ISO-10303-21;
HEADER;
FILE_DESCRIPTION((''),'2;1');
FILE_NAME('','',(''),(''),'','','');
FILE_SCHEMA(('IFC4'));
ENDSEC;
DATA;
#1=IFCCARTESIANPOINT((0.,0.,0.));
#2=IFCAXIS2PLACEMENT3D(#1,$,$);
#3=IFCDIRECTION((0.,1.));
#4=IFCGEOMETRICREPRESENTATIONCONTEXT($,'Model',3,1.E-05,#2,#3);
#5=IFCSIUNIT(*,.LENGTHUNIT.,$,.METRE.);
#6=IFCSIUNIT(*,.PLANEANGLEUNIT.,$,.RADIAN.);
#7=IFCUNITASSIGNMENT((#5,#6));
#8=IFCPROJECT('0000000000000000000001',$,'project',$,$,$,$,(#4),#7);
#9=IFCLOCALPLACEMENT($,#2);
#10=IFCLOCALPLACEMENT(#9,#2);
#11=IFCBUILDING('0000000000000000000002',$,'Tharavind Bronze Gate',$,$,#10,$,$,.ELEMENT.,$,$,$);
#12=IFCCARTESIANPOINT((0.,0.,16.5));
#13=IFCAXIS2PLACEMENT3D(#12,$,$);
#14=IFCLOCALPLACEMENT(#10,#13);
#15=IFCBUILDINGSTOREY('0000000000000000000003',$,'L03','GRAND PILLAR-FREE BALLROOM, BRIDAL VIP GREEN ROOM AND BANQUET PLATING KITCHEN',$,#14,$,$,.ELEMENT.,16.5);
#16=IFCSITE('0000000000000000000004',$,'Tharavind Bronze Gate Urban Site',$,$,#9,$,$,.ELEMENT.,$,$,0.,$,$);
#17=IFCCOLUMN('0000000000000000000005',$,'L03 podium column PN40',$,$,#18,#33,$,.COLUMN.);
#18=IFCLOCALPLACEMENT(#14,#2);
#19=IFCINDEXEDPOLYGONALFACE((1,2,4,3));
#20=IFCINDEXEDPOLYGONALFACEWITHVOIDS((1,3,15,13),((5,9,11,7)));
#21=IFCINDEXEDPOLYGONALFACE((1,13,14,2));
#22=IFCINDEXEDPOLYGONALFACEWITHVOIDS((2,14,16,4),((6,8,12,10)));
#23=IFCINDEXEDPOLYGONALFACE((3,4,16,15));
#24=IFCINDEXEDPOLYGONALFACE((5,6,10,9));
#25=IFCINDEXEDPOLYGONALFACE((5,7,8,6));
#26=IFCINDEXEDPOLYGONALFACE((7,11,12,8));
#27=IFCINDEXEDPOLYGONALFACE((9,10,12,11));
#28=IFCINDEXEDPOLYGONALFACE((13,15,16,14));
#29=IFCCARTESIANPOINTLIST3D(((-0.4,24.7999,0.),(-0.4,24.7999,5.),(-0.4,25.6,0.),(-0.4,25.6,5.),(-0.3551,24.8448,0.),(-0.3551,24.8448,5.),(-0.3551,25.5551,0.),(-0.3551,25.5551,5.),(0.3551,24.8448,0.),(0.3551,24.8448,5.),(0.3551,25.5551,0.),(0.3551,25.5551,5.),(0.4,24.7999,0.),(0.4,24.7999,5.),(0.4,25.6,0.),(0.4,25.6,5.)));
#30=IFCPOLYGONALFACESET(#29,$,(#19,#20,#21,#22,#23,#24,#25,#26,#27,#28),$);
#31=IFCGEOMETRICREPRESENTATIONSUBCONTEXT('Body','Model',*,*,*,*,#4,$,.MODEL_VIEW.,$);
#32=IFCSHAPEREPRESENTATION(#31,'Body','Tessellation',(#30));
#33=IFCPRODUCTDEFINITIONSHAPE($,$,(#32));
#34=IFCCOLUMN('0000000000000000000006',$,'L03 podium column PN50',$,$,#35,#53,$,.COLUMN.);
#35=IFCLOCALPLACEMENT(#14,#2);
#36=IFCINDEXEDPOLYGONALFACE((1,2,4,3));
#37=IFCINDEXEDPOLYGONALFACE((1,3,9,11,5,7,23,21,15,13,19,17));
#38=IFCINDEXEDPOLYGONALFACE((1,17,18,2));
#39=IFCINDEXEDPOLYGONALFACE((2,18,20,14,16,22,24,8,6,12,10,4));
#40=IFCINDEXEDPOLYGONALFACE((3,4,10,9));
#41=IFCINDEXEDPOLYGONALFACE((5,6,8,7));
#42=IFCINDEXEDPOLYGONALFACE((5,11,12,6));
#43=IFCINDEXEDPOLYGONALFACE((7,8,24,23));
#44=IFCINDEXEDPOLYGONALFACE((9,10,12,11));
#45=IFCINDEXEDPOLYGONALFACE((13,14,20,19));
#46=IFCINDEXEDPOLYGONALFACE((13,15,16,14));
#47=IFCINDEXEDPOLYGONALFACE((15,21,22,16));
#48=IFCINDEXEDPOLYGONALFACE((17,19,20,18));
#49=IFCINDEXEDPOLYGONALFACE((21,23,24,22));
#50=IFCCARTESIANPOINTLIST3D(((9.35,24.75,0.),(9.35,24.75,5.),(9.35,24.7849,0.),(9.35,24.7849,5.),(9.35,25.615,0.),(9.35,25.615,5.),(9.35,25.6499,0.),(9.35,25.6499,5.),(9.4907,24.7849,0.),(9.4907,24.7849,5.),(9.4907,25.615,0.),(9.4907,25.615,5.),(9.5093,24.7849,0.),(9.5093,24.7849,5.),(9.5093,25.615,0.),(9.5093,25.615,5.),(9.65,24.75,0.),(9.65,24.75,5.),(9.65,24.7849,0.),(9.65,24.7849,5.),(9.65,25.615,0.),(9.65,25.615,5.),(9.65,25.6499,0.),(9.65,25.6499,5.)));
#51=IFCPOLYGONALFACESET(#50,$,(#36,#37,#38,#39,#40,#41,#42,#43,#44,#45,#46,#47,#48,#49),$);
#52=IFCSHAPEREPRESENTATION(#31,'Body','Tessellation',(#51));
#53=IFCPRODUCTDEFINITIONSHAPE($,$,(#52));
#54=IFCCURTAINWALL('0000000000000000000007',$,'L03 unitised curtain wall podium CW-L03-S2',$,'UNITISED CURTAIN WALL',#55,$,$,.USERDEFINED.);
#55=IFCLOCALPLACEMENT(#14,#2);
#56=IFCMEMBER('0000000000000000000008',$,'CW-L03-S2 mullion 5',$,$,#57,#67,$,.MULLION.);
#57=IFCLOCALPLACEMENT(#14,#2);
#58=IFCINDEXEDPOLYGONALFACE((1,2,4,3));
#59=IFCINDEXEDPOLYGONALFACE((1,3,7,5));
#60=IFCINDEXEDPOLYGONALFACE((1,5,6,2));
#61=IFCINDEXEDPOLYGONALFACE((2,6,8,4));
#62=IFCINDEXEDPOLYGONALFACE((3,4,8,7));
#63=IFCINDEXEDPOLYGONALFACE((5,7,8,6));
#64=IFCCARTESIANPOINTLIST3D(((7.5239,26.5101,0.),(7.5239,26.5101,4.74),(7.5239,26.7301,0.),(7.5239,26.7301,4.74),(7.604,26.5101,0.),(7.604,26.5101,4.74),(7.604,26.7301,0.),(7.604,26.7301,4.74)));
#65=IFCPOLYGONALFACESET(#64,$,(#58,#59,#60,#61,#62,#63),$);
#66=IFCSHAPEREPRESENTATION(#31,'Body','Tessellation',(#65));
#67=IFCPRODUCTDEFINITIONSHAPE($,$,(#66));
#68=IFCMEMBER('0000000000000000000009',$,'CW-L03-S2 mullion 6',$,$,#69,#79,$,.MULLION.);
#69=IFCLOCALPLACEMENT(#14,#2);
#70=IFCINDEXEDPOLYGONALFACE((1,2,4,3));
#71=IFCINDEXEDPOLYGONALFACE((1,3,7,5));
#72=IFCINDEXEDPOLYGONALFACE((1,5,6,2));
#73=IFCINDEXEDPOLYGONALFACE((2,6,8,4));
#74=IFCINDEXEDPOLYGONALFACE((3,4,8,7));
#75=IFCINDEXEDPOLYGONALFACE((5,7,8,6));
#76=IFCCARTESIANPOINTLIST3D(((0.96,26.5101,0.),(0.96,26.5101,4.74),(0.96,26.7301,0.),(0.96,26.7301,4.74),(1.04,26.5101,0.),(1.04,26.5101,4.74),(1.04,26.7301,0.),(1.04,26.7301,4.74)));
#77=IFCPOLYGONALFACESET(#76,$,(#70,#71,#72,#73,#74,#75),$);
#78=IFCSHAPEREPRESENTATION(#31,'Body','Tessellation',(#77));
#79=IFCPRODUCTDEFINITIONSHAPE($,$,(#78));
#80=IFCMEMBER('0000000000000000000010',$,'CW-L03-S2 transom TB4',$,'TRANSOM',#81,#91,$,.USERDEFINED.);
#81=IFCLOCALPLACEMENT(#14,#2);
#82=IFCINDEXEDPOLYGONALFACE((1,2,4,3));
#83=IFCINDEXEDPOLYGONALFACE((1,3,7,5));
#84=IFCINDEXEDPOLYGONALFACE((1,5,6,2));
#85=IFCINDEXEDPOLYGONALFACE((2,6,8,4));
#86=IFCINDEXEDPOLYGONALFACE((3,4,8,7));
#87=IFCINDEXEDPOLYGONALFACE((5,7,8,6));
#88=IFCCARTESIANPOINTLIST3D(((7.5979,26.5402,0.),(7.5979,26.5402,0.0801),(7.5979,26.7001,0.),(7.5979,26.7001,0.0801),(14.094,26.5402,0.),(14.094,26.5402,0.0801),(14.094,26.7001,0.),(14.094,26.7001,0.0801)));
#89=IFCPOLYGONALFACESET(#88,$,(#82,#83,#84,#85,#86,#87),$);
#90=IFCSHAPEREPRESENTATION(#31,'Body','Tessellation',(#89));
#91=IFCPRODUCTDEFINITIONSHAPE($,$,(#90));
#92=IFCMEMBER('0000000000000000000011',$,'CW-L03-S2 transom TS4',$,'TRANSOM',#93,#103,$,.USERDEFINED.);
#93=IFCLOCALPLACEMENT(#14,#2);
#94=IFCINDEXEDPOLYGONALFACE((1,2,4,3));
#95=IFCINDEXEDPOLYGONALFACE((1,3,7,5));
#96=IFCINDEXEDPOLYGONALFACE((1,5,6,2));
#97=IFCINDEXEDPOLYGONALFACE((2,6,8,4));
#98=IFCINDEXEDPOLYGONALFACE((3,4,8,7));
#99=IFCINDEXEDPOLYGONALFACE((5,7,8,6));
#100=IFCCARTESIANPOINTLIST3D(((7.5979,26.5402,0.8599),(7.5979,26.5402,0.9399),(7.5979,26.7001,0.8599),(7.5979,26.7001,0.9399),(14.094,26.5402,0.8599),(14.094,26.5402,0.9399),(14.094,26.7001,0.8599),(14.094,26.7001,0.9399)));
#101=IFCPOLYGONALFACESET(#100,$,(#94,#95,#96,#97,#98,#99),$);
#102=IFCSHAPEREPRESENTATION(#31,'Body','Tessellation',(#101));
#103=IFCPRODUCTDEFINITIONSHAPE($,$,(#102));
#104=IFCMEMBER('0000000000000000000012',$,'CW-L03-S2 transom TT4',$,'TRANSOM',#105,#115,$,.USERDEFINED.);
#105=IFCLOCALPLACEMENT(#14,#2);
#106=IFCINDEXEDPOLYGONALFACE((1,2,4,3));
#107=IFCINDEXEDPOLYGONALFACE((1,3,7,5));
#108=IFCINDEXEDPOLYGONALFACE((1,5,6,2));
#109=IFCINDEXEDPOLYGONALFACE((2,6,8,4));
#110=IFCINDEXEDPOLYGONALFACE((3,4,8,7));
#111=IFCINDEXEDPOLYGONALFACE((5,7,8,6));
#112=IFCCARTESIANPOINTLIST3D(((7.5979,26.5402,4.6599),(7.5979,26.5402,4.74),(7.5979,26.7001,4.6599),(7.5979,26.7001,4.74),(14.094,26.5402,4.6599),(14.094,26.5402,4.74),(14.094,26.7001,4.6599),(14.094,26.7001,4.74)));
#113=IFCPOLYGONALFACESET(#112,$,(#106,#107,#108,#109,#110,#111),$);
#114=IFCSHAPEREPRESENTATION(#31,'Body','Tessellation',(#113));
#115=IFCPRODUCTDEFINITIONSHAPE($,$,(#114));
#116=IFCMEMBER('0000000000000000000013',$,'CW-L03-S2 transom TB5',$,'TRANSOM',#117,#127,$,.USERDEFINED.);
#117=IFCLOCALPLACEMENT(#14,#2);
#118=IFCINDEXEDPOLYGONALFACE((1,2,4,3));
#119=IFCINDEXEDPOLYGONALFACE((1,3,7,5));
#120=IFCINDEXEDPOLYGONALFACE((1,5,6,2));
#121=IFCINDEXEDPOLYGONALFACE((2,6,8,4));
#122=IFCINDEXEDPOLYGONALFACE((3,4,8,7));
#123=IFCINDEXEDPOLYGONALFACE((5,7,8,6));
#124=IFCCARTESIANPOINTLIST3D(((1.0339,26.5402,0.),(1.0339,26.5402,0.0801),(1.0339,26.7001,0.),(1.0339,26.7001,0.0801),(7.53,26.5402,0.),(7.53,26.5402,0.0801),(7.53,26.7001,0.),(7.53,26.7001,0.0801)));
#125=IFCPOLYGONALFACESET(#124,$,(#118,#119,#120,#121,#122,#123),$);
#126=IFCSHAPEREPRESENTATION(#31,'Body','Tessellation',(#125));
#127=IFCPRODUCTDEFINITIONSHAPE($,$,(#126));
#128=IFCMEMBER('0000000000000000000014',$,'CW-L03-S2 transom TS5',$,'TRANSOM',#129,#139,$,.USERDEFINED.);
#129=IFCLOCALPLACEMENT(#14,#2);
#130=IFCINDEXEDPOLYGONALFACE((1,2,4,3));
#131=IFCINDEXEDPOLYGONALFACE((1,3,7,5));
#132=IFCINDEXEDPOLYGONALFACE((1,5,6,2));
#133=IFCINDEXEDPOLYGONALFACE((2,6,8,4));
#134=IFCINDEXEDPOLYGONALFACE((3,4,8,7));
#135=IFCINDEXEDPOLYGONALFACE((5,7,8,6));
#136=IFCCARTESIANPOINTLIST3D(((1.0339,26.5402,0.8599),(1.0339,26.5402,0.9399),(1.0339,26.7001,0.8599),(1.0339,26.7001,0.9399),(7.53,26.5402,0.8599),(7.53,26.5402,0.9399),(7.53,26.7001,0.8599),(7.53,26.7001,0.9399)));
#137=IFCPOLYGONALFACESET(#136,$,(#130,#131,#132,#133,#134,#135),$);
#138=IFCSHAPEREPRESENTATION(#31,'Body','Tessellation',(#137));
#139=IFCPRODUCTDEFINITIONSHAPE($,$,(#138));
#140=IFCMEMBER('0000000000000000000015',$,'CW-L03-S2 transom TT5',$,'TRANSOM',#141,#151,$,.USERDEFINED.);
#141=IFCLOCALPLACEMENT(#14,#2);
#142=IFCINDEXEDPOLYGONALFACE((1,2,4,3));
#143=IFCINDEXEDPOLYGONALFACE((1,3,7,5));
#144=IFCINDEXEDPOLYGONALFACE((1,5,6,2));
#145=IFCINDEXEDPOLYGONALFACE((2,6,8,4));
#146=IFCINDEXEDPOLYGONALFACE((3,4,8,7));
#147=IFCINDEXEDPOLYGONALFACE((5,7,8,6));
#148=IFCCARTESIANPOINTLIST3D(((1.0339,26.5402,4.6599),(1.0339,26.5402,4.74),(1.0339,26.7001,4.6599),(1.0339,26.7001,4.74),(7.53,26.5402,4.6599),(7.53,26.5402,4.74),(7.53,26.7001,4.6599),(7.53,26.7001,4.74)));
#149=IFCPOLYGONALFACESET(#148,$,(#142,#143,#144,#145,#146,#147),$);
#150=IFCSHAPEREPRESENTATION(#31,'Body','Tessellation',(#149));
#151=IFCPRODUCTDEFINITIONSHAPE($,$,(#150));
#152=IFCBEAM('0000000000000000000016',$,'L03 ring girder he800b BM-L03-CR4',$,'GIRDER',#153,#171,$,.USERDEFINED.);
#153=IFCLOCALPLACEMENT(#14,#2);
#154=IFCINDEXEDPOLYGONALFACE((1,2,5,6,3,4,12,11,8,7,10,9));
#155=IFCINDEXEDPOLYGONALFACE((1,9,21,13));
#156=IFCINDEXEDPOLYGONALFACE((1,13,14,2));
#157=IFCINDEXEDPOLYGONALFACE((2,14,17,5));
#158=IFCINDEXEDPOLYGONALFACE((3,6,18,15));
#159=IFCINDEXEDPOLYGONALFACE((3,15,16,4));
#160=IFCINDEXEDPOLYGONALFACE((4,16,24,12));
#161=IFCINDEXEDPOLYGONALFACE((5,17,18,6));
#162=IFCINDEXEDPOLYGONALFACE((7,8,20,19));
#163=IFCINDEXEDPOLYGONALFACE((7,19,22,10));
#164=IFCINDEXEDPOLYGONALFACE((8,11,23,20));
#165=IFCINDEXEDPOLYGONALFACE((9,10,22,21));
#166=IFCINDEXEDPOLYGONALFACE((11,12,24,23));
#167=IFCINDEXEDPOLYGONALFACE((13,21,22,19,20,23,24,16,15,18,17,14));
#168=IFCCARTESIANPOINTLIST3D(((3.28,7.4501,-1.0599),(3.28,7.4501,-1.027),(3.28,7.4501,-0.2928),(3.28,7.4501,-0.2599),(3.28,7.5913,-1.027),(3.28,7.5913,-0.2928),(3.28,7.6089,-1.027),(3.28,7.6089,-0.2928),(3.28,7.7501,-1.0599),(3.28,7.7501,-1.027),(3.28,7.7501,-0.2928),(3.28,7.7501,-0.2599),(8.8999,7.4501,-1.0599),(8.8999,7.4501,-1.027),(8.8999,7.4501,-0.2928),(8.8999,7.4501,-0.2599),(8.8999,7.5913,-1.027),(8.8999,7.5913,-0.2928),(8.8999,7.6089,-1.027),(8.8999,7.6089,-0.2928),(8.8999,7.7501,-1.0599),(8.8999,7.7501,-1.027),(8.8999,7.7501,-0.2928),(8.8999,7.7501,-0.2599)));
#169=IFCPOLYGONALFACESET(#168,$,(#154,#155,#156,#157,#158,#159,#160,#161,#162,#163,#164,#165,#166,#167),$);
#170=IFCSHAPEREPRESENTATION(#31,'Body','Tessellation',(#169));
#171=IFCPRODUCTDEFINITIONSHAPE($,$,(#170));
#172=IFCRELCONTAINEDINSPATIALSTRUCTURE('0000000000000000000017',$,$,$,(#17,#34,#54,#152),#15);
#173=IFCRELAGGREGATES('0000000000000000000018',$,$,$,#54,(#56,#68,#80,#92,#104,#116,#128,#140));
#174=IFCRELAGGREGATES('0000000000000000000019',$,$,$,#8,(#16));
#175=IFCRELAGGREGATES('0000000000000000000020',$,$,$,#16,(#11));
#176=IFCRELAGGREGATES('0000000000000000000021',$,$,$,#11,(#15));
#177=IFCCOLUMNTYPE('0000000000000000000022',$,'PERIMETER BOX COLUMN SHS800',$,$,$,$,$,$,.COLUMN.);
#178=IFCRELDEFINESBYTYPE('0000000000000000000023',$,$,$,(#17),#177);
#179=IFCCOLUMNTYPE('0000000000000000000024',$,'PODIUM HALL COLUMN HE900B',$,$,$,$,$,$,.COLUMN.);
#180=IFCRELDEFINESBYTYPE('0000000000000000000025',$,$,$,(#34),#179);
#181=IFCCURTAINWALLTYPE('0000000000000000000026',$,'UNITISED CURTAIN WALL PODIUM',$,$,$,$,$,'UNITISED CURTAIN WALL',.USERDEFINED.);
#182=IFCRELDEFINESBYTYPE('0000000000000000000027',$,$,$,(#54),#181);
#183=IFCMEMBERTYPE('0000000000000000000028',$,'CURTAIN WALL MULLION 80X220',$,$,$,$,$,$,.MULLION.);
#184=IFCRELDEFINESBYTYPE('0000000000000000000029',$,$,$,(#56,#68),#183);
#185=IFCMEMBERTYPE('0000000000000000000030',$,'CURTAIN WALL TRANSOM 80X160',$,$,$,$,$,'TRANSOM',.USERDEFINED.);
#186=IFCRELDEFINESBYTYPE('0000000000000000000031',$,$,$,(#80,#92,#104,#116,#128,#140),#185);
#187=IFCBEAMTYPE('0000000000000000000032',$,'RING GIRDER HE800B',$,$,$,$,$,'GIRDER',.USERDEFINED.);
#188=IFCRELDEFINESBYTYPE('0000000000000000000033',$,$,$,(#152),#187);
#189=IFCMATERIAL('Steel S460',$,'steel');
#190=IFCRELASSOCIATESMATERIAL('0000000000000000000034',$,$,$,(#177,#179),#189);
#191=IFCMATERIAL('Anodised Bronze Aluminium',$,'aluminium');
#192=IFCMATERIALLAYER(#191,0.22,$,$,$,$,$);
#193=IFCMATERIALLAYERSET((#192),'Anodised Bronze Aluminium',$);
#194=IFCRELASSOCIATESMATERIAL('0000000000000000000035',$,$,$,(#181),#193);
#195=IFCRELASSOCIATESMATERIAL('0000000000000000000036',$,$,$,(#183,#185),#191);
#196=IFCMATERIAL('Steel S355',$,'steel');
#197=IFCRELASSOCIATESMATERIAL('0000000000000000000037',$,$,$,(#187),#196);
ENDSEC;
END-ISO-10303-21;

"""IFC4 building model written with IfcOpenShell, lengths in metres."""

from ifc_helpers import new_model, si_unit, direction, frame, origin, origin_2d, place, context, subcontext, project, spatial, rectangle, hollow_rectangle, i_section, extrude, material, layer, layer_set, material_profile, profile_set, type_object, element, aggregate, save


model = new_model("IFC4")

# Units and contexts
model_context = context("Model", 3, precision=1e-05, world=origin(), true_north=direction((0.0, 1.0)))
body_context = subcontext(model_context, "Body", "Model", "MODEL_VIEW")
ifc_project = project(units=[si_unit("LENGTHUNIT", "METRE"), si_unit("PLANEANGLEUNIT", "RADIAN")], contexts=[model_context])

# Site, building, storey
site_placement = place(None, origin())
site = spatial("IfcSite", under=ifc_project, at=site_placement, Name="Tharavind Bronze Gate Urban Site", CompositionType="ELEMENT", RefElevation=0.0)
building_placement = place(site_placement, origin())
building = spatial("IfcBuilding", under=site, at=building_placement, Name="Tharavind Bronze Gate", CompositionType="ELEMENT")
storey_placement = place(building_placement, frame((0.0, 0.0, 16.5)))
storey = spatial("IfcBuildingStorey", under=building, at=storey_placement, Name="L03", Description="GRAND PILLAR-FREE BALLROOM, BRIDAL VIP GREEN ROOM AND BANQUET PLATING KITCHEN", CompositionType="ELEMENT", Elevation=16.5)

# Columns
ifc_material_1 = material(Name="Steel S460", Category="steel")
ifc_material_profile_1 = material_profile(ifc_material_1, hollow_rectangle(XDim=0.8, YDim=0.8, WallThickness=0.0449, at=origin_2d()), Name="SHS800X45")
ifc_profile_set_1 = profile_set([ifc_material_profile_1], Name="Steel S460")
column_type_1 = type_object("IfcColumnType", Name="PERIMETER BOX COLUMN SHS800", PredefinedType="COLUMN", material=ifc_profile_set_1)
column_1_placement = place(storey_placement, frame((0.0, 25.2, 0.0), z_axis=(0.0, 0.0, 1.0), x_axis=(1.0, 0.0, 0.0)))
element("IfcColumn", 1, at=column_1_placement, inside=storey, type_object=column_type_1, Name="L03 podium column PN40", PredefinedType="COLUMN", context=body_context, shape_type="SweptSolid", body=[
    extrude(hollow_rectangle(XDim=0.8, YDim=0.8, WallThickness=0.0449, at=origin_2d()), origin(), (0.0, 0.0, 1.0), 5.0),
])
ifc_material_profile_2 = material_profile(ifc_material_1, i_section(OverallWidth=0.3, OverallDepth=0.8999, WebThickness=0.0186, FlangeThickness=0.0349, at=origin_2d()), Name="HE900B")
ifc_profile_set_2 = profile_set([ifc_material_profile_2], Name="Steel S460")
column_type_2 = type_object("IfcColumnType", Name="PODIUM HALL COLUMN HE900B", PredefinedType="COLUMN", material=ifc_profile_set_2)
column_2_placement = place(storey_placement, frame((9.5, 25.2, 0.0), z_axis=(0.0, 0.0, 1.0), x_axis=(1.0, 0.0, 0.0)))
element("IfcColumn", 2, at=column_2_placement, inside=storey, type_object=column_type_2, Name="L03 podium column PN50", PredefinedType="COLUMN", context=body_context, shape_type="SweptSolid", body=[
    extrude(i_section(OverallWidth=0.3, OverallDepth=0.8999, WebThickness=0.0186, FlangeThickness=0.0349, at=origin_2d()), origin(), (0.0, 0.0, 1.0), 5.0),
])

# Curtain wall, members
ifc_material_2 = material(Name="Anodised Bronze Aluminium", Category="aluminium")
ifc_layer_1 = layer(ifc_material_2, 0.22)
ifc_layer_set_1 = layer_set([ifc_layer_1], Name="Anodised Bronze Aluminium")
curtain_wall_type = type_object("IfcCurtainWallType", Name="UNITISED CURTAIN WALL PODIUM", ElementType="UNITISED CURTAIN WALL", PredefinedType="USERDEFINED", material=ifc_layer_set_1)
curtain_wall_placement = place(storey_placement, origin())
curtain_wall = element("IfcCurtainWall", 3, at=curtain_wall_placement, inside=storey, type_object=curtain_wall_type, Name="L03 unitised curtain wall podium CW-L03-S2", ObjectType="UNITISED CURTAIN WALL", PredefinedType="USERDEFINED")
member_type_1 = type_object("IfcMemberType", Name="CURTAIN WALL MULLION 80X220", PredefinedType="MULLION", material=ifc_material_2)
member_1_placement = place(storey_placement, frame((7.564, 26.6201, 0.0), z_axis=(0.0, 0.0, 1.0), x_axis=(-1.0, 0.0, 0.0)))
member_1 = element("IfcMember", 4, at=member_1_placement, type_object=member_type_1, Name="CW-L03-S2 mullion 5", PredefinedType="MULLION", context=body_context, shape_type="SweptSolid", body=[
    extrude(rectangle(XDim=0.0801, YDim=0.22, at=origin_2d()), origin(), (0.0, 0.0, 1.0), 4.74),
])
member_2_placement = place(storey_placement, frame((1.0, 26.6201, 0.0), z_axis=(0.0, 0.0, 1.0), x_axis=(-1.0, 0.0, 0.0)))
member_2 = element("IfcMember", 5, at=member_2_placement, type_object=member_type_1, Name="CW-L03-S2 mullion 6", PredefinedType="MULLION", context=body_context, shape_type="SweptSolid", body=[
    extrude(rectangle(XDim=0.0801, YDim=0.22, at=origin_2d()), origin(), (0.0, 0.0, 1.0), 4.74),
])
member_type_2 = type_object("IfcMemberType", Name="CURTAIN WALL TRANSOM 80X160", ElementType="TRANSOM", PredefinedType="USERDEFINED", material=ifc_material_2)
member_3_placement = place(storey_placement, frame((10.8459, 26.6201, 0.0), z_axis=(0.0, 0.0, 1.0), x_axis=(-1.0, 0.0, 0.0)))
member_3 = element("IfcMember", 6, at=member_3_placement, type_object=member_type_2, Name="CW-L03-S2 transom TB4", ObjectType="TRANSOM", PredefinedType="USERDEFINED", context=body_context, shape_type="SweptSolid", body=[
    extrude(rectangle(XDim=6.4961, YDim=0.1599, at=origin_2d()), origin(), (0.0, 0.0, 1.0), 0.0801),
])
member_4_placement = place(storey_placement, frame((10.8459, 26.6201, 0.8599), z_axis=(0.0, 0.0, 1.0), x_axis=(-1.0, 0.0, 0.0)))
member_4 = element("IfcMember", 7, at=member_4_placement, type_object=member_type_2, Name="CW-L03-S2 transom TS4", ObjectType="TRANSOM", PredefinedType="USERDEFINED", context=body_context, shape_type="SweptSolid", body=[
    extrude(rectangle(XDim=6.4961, YDim=0.1599, at=origin_2d()), origin(), (0.0, 0.0, 1.0), 0.0801),
])
member_5_placement = place(storey_placement, frame((10.8459, 26.6201, 4.6599), z_axis=(0.0, 0.0, 1.0), x_axis=(-1.0, 0.0, 0.0)))
member_5 = element("IfcMember", 8, at=member_5_placement, type_object=member_type_2, Name="CW-L03-S2 transom TT4", ObjectType="TRANSOM", PredefinedType="USERDEFINED", context=body_context, shape_type="SweptSolid", body=[
    extrude(rectangle(XDim=6.4961, YDim=0.1599, at=origin_2d()), origin(), (0.0, 0.0, 1.0), 0.0801),
])
member_6_placement = place(storey_placement, frame((4.282, 26.6201, 0.0), z_axis=(0.0, 0.0, 1.0), x_axis=(-1.0, 0.0, 0.0)))
member_6 = element("IfcMember", 9, at=member_6_placement, type_object=member_type_2, Name="CW-L03-S2 transom TB5", ObjectType="TRANSOM", PredefinedType="USERDEFINED", context=body_context, shape_type="SweptSolid", body=[
    extrude(rectangle(XDim=6.4961, YDim=0.1599, at=origin_2d()), origin(), (0.0, 0.0, 1.0), 0.0801),
])
member_7_placement = place(storey_placement, frame((4.282, 26.6201, 0.8599), z_axis=(0.0, 0.0, 1.0), x_axis=(-1.0, 0.0, 0.0)))
member_7 = element("IfcMember", 10, at=member_7_placement, type_object=member_type_2, Name="CW-L03-S2 transom TS5", ObjectType="TRANSOM", PredefinedType="USERDEFINED", context=body_context, shape_type="SweptSolid", body=[
    extrude(rectangle(XDim=6.4961, YDim=0.1599, at=origin_2d()), origin(), (0.0, 0.0, 1.0), 0.0801),
])
member_8_placement = place(storey_placement, frame((4.282, 26.6201, 4.6599), z_axis=(0.0, 0.0, 1.0), x_axis=(-1.0, 0.0, 0.0)))
member_8 = element("IfcMember", 11, at=member_8_placement, type_object=member_type_2, Name="CW-L03-S2 transom TT5", ObjectType="TRANSOM", PredefinedType="USERDEFINED", context=body_context, shape_type="SweptSolid", body=[
    extrude(rectangle(XDim=6.4961, YDim=0.1599, at=origin_2d()), origin(), (0.0, 0.0, 1.0), 0.0801),
])

# Beam
ifc_material_3 = material(Name="Steel S355", Category="steel")
ifc_material_profile_3 = material_profile(ifc_material_3, i_section(OverallWidth=0.3, OverallDepth=0.8, WebThickness=0.0176, FlangeThickness=0.033, at=origin_2d()), Name="HE800B")
ifc_profile_set_3 = profile_set([ifc_material_profile_3], Name="Steel S355")
beam_type_1 = type_object("IfcBeamType", Name="RING GIRDER HE800B", ElementType="GIRDER", PredefinedType="USERDEFINED", material=ifc_profile_set_3)
beam_1_placement = place(storey_placement, frame((8.8999, 7.6001, -0.6599), z_axis=(-1.0, 0.0, 0.0), x_axis=(0.0, -1.0, 0.0)))
element("IfcBeam", 12, at=beam_1_placement, inside=storey, type_object=beam_type_1, Name="L03 ring girder he800b BM-L03-CR4", ObjectType="GIRDER", PredefinedType="USERDEFINED", context=body_context, shape_type="SweptSolid", body=[
    extrude(i_section(OverallWidth=0.3, OverallDepth=0.8, WebThickness=0.0176, FlangeThickness=0.033, at=origin_2d()), origin(), (0.0, 0.0, 1.0), 5.6199),
])

aggregate(curtain_wall, [member_1, member_2, member_3, member_4, member_5, member_6, member_7, member_8])

save(model, "model.ifc")
